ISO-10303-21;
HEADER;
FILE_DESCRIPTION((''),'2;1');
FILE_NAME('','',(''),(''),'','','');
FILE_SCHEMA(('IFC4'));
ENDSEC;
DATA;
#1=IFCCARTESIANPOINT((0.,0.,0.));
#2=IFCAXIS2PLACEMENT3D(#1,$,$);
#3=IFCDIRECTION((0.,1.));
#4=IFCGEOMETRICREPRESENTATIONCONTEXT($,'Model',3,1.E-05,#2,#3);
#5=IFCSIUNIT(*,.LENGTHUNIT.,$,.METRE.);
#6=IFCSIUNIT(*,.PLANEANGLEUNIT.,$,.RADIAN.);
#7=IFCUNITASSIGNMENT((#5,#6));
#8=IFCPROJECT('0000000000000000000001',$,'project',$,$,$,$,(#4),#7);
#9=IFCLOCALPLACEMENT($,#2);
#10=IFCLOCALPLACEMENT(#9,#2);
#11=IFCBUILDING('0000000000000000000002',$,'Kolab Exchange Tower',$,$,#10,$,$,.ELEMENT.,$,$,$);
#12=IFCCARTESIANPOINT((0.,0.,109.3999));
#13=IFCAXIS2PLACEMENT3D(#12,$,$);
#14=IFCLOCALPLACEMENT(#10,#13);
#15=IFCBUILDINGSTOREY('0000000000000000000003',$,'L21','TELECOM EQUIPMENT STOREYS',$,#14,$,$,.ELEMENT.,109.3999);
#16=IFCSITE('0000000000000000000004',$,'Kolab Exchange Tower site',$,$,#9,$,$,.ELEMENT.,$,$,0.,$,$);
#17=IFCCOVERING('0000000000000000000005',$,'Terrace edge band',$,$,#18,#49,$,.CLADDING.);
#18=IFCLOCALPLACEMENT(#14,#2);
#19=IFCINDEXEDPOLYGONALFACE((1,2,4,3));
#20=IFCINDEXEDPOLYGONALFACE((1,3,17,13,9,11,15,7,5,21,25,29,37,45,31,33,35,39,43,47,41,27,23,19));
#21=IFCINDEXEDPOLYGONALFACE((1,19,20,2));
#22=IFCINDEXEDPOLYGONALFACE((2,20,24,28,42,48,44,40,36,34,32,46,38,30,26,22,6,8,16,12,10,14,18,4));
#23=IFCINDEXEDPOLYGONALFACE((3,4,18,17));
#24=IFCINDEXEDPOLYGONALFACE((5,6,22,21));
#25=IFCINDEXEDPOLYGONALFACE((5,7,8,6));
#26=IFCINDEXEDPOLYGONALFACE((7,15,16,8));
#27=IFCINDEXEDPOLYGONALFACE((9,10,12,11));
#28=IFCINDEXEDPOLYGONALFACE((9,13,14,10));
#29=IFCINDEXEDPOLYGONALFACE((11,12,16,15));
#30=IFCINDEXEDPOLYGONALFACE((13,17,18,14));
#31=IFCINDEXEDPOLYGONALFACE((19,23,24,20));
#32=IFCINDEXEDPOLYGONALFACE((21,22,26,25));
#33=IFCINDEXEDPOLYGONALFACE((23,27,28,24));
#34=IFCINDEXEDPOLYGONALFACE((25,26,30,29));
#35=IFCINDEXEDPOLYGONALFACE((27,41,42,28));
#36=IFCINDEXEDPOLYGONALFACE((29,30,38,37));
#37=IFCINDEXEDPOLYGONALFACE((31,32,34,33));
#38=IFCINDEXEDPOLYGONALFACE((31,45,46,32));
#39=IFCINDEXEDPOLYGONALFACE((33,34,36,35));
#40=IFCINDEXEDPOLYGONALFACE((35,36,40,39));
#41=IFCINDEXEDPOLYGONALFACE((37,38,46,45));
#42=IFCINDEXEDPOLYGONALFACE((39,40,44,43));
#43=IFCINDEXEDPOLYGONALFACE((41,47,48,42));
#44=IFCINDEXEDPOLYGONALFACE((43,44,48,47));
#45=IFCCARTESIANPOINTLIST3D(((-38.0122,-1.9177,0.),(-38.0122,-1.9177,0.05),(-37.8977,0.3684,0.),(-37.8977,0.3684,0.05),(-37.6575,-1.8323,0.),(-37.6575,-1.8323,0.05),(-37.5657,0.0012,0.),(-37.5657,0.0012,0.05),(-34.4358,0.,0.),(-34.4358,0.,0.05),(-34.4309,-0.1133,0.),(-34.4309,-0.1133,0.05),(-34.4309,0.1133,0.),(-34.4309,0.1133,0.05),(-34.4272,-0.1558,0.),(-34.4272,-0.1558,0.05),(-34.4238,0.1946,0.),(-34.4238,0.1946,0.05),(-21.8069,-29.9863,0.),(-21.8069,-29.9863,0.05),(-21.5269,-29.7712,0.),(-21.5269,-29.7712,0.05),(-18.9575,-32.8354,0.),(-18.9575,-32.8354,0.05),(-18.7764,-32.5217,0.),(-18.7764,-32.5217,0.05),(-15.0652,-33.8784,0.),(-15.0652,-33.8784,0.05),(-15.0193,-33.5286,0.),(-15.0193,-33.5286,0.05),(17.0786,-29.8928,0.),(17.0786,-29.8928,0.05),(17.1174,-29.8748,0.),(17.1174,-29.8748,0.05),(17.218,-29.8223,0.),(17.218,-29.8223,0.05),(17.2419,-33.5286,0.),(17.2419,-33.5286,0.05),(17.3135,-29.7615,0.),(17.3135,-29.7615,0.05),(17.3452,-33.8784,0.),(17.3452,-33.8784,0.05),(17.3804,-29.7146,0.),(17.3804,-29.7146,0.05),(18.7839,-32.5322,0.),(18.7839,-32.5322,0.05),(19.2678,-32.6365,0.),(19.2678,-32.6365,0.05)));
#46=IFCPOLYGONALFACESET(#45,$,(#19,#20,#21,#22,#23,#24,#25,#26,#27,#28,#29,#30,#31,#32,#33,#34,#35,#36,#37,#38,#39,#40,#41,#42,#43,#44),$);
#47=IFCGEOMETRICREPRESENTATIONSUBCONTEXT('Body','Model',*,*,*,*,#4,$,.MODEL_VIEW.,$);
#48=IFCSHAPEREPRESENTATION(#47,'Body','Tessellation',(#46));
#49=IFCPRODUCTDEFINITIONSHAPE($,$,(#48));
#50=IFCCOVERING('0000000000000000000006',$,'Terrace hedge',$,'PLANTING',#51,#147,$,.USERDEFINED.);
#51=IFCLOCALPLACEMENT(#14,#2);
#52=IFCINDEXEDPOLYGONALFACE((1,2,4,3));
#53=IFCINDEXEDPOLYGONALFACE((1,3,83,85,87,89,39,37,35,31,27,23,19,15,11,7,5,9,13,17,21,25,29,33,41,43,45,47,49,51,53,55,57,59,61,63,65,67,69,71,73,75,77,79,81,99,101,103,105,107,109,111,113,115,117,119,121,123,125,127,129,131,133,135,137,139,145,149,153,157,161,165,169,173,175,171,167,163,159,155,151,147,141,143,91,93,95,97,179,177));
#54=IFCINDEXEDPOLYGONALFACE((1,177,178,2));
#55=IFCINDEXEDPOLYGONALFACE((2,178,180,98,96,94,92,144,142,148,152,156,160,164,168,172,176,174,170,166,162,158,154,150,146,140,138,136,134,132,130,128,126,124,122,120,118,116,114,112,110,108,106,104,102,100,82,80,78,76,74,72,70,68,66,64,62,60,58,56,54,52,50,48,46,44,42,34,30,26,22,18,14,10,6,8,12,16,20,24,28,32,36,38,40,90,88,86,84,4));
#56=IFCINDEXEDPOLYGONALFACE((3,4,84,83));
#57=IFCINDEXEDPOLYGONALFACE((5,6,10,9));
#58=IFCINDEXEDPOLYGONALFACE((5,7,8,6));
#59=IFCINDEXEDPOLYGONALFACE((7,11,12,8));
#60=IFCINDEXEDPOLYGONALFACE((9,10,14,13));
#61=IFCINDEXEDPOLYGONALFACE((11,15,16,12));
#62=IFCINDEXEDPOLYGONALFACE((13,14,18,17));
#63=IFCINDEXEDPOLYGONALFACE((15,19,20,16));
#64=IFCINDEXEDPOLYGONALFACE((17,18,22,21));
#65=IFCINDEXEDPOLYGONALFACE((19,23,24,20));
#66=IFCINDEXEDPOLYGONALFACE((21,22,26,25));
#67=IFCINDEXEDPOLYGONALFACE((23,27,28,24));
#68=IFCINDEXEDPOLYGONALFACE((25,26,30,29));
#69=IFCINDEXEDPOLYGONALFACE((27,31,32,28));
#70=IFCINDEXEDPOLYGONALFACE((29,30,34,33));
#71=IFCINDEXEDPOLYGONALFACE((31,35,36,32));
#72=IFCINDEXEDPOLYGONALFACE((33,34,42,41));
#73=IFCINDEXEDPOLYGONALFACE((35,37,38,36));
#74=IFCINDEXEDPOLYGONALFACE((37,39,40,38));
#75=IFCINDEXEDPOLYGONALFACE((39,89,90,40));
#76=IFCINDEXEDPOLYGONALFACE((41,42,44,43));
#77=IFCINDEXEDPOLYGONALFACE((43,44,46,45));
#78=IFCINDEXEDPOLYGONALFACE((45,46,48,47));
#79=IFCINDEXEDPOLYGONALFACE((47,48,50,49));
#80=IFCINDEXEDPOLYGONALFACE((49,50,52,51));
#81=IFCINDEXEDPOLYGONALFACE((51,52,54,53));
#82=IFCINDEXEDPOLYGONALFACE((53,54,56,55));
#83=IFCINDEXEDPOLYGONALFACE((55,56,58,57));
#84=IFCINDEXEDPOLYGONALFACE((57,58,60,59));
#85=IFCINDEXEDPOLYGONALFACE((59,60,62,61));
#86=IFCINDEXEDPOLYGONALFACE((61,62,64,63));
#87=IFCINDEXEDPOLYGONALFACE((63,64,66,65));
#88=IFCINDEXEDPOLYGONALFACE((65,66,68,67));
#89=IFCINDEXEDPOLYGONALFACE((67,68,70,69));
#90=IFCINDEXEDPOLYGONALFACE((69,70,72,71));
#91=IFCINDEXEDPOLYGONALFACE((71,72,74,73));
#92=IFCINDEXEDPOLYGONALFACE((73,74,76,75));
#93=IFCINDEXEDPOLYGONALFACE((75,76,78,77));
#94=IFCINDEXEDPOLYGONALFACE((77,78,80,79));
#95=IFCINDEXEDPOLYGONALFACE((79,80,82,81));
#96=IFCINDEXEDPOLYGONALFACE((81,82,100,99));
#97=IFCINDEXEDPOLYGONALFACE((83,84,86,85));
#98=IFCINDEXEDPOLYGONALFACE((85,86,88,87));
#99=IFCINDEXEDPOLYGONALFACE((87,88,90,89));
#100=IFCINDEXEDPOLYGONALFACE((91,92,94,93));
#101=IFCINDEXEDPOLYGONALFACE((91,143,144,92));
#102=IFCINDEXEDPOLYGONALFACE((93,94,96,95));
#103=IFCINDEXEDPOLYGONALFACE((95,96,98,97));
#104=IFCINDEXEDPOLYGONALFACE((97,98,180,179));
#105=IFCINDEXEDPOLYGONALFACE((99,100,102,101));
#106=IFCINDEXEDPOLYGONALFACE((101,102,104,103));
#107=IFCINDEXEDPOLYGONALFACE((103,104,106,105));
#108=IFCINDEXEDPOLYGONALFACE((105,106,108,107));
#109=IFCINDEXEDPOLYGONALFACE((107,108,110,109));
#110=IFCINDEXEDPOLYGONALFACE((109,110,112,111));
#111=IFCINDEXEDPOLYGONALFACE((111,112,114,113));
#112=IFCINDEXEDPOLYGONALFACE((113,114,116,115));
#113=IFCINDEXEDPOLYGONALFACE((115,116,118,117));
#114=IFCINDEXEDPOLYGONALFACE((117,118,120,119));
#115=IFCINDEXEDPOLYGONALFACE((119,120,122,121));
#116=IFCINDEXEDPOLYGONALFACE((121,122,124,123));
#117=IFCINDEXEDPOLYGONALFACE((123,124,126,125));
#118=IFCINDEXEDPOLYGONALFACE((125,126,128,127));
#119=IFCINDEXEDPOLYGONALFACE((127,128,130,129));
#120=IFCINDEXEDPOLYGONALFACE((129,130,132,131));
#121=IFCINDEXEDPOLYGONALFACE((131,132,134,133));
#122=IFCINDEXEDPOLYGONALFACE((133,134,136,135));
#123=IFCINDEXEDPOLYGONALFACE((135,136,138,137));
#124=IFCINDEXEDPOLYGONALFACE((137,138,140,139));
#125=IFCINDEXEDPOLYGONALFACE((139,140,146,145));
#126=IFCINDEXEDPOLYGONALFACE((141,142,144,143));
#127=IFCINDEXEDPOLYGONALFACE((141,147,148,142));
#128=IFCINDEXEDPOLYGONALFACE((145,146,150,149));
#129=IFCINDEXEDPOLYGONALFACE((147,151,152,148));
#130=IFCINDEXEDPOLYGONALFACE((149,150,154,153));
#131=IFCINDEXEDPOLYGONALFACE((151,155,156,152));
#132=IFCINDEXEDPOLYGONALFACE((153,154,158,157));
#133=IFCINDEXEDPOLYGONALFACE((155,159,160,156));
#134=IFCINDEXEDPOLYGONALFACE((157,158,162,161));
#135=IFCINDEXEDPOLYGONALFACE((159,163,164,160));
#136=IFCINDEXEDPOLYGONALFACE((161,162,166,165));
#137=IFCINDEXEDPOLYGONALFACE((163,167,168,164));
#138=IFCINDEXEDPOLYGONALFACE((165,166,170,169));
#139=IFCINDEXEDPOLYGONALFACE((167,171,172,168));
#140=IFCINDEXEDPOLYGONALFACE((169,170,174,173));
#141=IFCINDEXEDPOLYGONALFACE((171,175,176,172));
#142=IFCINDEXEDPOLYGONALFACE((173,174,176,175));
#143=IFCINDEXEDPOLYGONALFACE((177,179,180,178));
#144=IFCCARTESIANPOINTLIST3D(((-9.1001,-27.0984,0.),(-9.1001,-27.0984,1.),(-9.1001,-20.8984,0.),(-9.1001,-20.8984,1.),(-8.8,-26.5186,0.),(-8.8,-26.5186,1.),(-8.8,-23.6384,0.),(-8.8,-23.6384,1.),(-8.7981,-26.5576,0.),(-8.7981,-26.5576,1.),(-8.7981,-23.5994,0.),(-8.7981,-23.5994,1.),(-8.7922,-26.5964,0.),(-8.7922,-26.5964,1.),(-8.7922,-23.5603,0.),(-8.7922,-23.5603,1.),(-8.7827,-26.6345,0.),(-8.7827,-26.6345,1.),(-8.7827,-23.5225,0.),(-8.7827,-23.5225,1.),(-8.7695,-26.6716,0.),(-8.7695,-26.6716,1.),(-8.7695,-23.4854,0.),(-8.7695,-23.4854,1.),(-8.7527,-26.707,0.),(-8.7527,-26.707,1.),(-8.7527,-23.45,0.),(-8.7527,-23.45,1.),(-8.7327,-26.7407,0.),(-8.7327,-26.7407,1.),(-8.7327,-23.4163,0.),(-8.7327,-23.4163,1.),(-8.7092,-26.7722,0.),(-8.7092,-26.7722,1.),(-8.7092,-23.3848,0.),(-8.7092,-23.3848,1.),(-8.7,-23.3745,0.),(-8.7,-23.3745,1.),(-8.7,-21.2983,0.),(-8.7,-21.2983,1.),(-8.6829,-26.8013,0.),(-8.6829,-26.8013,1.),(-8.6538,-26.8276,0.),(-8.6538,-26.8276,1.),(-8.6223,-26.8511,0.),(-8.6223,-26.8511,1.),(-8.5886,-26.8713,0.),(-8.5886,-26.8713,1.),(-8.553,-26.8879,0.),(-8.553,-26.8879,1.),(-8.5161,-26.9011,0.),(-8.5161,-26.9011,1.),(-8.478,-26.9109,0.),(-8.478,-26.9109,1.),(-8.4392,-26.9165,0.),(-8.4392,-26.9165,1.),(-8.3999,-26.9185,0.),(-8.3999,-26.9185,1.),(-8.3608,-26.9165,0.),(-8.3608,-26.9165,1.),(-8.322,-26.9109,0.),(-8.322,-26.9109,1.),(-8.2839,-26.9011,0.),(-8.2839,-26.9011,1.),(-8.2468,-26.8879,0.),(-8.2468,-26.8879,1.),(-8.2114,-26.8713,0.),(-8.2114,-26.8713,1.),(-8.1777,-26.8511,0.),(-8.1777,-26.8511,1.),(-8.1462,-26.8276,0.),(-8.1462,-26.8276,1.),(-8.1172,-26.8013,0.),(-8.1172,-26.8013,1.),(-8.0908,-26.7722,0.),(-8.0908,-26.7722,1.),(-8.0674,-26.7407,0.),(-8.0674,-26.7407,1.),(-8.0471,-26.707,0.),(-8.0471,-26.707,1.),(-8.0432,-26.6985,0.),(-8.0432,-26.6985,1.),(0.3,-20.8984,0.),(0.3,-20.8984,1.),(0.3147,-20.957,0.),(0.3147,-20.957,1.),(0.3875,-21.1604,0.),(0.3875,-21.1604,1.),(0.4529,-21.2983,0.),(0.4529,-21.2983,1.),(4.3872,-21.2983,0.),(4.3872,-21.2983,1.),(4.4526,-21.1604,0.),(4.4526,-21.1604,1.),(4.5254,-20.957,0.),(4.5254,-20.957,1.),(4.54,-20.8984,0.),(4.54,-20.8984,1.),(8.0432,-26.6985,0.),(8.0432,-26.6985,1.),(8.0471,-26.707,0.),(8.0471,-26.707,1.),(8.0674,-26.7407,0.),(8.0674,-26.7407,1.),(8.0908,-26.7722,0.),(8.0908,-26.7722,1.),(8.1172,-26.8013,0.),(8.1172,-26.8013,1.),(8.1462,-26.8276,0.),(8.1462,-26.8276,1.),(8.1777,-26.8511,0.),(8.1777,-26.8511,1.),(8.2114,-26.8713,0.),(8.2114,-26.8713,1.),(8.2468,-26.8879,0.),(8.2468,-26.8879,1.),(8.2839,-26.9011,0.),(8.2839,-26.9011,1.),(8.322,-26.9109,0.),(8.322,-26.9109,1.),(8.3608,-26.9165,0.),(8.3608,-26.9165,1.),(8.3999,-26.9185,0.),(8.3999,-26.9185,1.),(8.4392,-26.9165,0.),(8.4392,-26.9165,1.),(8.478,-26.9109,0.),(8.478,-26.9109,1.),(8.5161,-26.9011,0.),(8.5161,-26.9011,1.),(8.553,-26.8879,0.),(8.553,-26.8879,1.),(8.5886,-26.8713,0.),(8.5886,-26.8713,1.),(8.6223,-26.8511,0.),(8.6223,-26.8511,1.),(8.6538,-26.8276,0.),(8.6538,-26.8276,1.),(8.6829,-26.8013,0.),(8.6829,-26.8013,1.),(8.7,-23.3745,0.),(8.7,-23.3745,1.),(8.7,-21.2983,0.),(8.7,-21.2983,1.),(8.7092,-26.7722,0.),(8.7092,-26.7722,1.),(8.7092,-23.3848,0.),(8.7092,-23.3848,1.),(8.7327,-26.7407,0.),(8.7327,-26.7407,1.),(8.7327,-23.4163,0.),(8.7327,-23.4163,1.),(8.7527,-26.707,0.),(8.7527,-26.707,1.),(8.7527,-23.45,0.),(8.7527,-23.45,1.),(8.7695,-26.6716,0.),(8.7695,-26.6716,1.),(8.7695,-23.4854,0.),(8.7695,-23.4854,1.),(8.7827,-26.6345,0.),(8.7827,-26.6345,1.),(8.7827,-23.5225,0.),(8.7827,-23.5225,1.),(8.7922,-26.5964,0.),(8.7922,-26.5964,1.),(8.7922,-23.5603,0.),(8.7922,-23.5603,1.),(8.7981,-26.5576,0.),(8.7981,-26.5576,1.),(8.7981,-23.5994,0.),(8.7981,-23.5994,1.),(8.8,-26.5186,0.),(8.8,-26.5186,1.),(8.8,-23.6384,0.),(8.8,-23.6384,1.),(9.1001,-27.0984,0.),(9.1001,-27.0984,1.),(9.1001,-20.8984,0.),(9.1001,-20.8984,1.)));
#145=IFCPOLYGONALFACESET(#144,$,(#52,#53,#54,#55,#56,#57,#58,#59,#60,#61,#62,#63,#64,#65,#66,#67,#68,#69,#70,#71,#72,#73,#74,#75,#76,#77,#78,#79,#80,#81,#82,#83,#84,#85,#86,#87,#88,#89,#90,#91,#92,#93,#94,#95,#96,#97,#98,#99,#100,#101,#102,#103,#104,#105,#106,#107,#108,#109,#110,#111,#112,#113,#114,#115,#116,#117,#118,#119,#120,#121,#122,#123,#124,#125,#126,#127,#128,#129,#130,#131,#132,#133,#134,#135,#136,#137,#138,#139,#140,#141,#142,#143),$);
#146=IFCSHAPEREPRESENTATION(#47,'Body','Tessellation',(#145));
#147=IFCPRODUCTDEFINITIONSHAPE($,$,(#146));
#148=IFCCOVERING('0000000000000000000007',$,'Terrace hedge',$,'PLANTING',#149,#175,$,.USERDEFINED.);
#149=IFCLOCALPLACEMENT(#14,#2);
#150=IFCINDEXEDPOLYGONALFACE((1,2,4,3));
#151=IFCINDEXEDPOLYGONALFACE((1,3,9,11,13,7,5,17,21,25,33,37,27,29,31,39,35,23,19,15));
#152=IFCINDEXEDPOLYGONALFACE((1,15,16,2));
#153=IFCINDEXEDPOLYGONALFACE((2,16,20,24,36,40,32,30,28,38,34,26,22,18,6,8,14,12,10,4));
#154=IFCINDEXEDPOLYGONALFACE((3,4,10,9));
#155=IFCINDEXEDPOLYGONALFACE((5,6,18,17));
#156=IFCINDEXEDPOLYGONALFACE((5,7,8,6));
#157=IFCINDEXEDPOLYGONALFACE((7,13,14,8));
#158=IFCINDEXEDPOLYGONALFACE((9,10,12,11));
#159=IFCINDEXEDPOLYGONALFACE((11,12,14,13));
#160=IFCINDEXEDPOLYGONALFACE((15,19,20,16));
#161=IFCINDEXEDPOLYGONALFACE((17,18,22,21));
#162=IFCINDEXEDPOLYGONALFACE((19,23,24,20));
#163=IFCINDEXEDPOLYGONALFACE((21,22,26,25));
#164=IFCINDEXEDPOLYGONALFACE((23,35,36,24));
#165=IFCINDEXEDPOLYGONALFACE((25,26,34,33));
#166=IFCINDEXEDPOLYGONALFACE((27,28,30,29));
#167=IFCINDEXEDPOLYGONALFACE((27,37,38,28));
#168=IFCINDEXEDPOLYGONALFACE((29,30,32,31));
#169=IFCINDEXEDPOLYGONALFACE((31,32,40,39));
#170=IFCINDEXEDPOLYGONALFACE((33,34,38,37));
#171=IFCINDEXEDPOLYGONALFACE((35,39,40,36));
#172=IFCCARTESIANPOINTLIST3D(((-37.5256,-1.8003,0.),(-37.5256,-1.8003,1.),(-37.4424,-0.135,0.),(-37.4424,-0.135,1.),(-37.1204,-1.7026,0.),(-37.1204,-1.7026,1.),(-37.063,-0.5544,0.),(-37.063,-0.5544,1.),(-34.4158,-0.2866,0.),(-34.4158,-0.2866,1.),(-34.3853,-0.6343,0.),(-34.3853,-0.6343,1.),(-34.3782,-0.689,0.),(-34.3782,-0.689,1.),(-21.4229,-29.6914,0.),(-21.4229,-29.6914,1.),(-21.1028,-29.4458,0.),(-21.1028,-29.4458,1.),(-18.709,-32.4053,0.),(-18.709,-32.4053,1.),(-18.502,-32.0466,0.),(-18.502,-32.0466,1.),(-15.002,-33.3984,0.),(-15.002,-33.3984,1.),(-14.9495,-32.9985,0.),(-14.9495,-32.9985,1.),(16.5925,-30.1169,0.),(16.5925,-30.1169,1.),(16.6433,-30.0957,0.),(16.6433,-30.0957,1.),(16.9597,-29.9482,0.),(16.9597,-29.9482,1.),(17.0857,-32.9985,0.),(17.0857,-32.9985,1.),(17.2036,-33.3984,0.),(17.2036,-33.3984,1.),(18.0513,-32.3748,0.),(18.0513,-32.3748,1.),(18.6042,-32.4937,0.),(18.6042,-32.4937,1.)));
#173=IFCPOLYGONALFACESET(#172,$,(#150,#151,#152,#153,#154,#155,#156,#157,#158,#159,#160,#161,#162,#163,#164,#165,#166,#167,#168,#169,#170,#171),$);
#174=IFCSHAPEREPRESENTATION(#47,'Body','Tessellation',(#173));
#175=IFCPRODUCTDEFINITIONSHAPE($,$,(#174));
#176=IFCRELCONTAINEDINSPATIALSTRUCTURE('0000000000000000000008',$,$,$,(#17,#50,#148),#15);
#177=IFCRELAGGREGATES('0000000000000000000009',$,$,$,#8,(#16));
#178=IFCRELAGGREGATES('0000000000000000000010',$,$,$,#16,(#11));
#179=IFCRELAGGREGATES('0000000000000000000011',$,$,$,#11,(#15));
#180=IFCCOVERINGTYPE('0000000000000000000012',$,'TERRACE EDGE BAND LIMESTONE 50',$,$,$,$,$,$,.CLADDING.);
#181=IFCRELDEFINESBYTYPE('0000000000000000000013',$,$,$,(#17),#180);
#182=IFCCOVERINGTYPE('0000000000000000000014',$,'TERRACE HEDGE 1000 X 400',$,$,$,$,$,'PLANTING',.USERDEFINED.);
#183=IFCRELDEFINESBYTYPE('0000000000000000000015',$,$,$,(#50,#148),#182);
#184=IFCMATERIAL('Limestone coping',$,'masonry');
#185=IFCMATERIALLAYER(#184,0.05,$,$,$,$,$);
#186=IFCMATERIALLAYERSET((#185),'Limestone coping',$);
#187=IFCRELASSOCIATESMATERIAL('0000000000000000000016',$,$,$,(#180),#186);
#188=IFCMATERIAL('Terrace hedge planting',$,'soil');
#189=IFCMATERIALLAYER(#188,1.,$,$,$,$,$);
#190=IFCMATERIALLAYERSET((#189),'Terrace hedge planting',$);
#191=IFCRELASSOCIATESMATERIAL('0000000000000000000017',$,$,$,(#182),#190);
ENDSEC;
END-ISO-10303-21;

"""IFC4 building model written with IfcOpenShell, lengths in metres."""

from ifc_helpers import new_model, si_unit, direction, frame, origin, place, context, subcontext, project, spatial, polyline, outline, extrude, material, layer, layer_set, type_object, element, save


model = new_model("IFC4")

# Units and contexts
model_context = context("Model", 3, precision=1e-05, world=origin(), true_north=direction((0.0, 1.0)))
body_context = subcontext(model_context, "Body", "Model", "MODEL_VIEW")
ifc_project = project(units=[si_unit("LENGTHUNIT", "METRE"), si_unit("PLANEANGLEUNIT", "RADIAN")], contexts=[model_context])

# Site, building, storey
site_placement = place(None, origin())
site = spatial("IfcSite", under=ifc_project, at=site_placement, Name="Kolab Exchange Tower site", CompositionType="ELEMENT", RefElevation=0.0)
building_placement = place(site_placement, origin())
building = spatial("IfcBuilding", under=site, at=building_placement, Name="Kolab Exchange Tower", CompositionType="ELEMENT")
storey_placement = place(building_placement, frame((0.0, 0.0, 109.3999)))
storey = spatial("IfcBuildingStorey", under=building, at=storey_placement, Name="L21", Description="TELECOM EQUIPMENT STOREYS", CompositionType="ELEMENT", Elevation=109.3999)

# Coverings
ifc_material_1 = material(Name="Limestone coping", Category="masonry")
ifc_layer_1 = layer(ifc_material_1, 0.05)
ifc_layer_set_1 = layer_set([ifc_layer_1], Name="Limestone coping")
covering_type_1 = type_object("IfcCoveringType", Name="TERRACE EDGE BAND LIMESTONE 50", PredefinedType="CLADDING", material=ifc_layer_set_1)
covering_1_placement = place(storey_placement, origin())
element("IfcCovering", 1, at=covering_1_placement, inside=storey, type_object=covering_type_1, Name="Terrace edge band", PredefinedType="CLADDING", context=body_context, shape_type="SweptSolid", body=[
    extrude(outline(polyline([(17.3452, -33.8784), (-15.0652, -33.8784), (-18.9575, -32.8354), (-21.8069, -29.9863), (-38.0122, -1.9177), (-37.8977, 0.3684), (-34.4238, 0.1946), (-34.4309, 0.1133), (-34.4358, 0.0), (-34.4309, -0.1133), (-34.4272, -0.1558), (-37.5657, 0.0012), (-37.6575, -1.8323), (-21.5269, -29.7712), (-18.7764, -32.5217), (-15.0193, -33.5286), (17.2419, -33.5286), (18.7839, -32.5322), (17.0786, -29.8928), (17.1174, -29.8748), (17.218, -29.8223), (17.3135, -29.7615), (17.3804, -29.7146), (19.2678, -32.6365), (17.3452, -33.8784)])), origin(), (0.0, 0.0, 1.0), 0.05),
])
ifc_material_2 = material(Name="Terrace hedge planting", Category="soil")
ifc_layer_2 = layer(ifc_material_2, 1.0)
ifc_layer_set_2 = layer_set([ifc_layer_2], Name="Terrace hedge planting")
covering_type_2 = type_object("IfcCoveringType", Name="TERRACE HEDGE 1000 X 400", ElementType="PLANTING", PredefinedType="USERDEFINED", material=ifc_layer_set_2)
covering_2_placement = place(storey_placement, origin())
element("IfcCovering", 2, at=covering_2_placement, inside=storey, type_object=covering_type_2, Name="Terrace hedge", ObjectType="PLANTING", PredefinedType="USERDEFINED", context=body_context, shape_type="SweptSolid", body=[
    extrude(outline(polyline([(-9.1001, -27.0984), (-9.1001, -20.8984), (0.3, -20.8984), (0.3147, -20.957), (0.3875, -21.1604), (0.4529, -21.2983), (-8.7, -21.2983), (-8.7, -23.3745), (-8.7092, -23.3848), (-8.7327, -23.4163), (-8.7527, -23.45), (-8.7695, -23.4854), (-8.7827, -23.5225), (-8.7922, -23.5603), (-8.7981, -23.5994), (-8.8, -23.6384), (-8.8, -26.5186), (-8.7981, -26.5576), (-8.7922, -26.5964), (-8.7827, -26.6345), (-8.7695, -26.6716), (-8.7527, -26.707), (-8.7327, -26.7407), (-8.7092, -26.7722), (-8.6829, -26.8013), (-8.6538, -26.8276), (-8.6223, -26.8511), (-8.5886, -26.8713), (-8.553, -26.8879), (-8.5161, -26.9011), (-8.478, -26.9109), (-8.4392, -26.9165), (-8.3999, -26.9185), (-8.3608, -26.9165), (-8.322, -26.9109), (-8.2839, -26.9011), (-8.2468, -26.8879), (-8.2114, -26.8713), (-8.1777, -26.8511), (-8.1462, -26.8276), (-8.1172, -26.8013), (-8.0908, -26.7722), (-8.0674, -26.7407), (-8.0471, -26.707), (-8.0432, -26.6985), (8.0432, -26.6985), (8.0471, -26.707), (8.0674, -26.7407), (8.0908, -26.7722), (8.1172, -26.8013), (8.1462, -26.8276), (8.1777, -26.8511), (8.2114, -26.8713), (8.2468, -26.8879), (8.2839, -26.9011), (8.322, -26.9109), (8.3608, -26.9165), (8.3999, -26.9185), (8.4392, -26.9165), (8.478, -26.9109), (8.5161, -26.9011), (8.553, -26.8879), (8.5886, -26.8713), (8.6223, -26.8511), (8.6538, -26.8276), (8.6829, -26.8013), (8.7092, -26.7722), (8.7327, -26.7407), (8.7527, -26.707), (8.7695, -26.6716), (8.7827, -26.6345), (8.7922, -26.5964), (8.7981, -26.5576), (8.8, -26.5186), (8.8, -23.6384), (8.7981, -23.5994), (8.7922, -23.5603), (8.7827, -23.5225), (8.7695, -23.4854), (8.7527, -23.45), (8.7327, -23.4163), (8.7092, -23.3848), (8.7, -23.3745), (8.7, -21.2983), (4.3872, -21.2983), (4.4526, -21.1604), (4.5254, -20.957), (4.54, -20.8984), (9.1001, -20.8984), (9.1001, -27.0984), (-9.1001, -27.0984)])), origin(), (0.0, 0.0, 1.0), 1.0),
])
covering_3_placement = place(storey_placement, origin())
element("IfcCovering", 3, at=covering_3_placement, inside=storey, type_object=covering_type_2, Name="Terrace hedge", ObjectType="PLANTING", PredefinedType="USERDEFINED", context=body_context, shape_type="SweptSolid", body=[
    extrude(outline(polyline([(18.6042, -32.4937), (17.2036, -33.3984), (-15.002, -33.3984), (-18.709, -32.4053), (-21.4229, -29.6914), (-37.5256, -1.8003), (-37.4424, -0.135), (-34.4158, -0.2866), (-34.3853, -0.6343), (-34.3782, -0.689), (-37.063, -0.5544), (-37.1204, -1.7026), (-21.1028, -29.4458), (-18.502, -32.0466), (-14.9495, -32.9985), (17.0857, -32.9985), (18.0513, -32.3748), (16.5925, -30.1169), (16.6433, -30.0957), (16.9597, -29.9482), (18.6042, -32.4937)])), origin(), (0.0, 0.0, 1.0), 1.0),
])

save(model, "model.ifc")
